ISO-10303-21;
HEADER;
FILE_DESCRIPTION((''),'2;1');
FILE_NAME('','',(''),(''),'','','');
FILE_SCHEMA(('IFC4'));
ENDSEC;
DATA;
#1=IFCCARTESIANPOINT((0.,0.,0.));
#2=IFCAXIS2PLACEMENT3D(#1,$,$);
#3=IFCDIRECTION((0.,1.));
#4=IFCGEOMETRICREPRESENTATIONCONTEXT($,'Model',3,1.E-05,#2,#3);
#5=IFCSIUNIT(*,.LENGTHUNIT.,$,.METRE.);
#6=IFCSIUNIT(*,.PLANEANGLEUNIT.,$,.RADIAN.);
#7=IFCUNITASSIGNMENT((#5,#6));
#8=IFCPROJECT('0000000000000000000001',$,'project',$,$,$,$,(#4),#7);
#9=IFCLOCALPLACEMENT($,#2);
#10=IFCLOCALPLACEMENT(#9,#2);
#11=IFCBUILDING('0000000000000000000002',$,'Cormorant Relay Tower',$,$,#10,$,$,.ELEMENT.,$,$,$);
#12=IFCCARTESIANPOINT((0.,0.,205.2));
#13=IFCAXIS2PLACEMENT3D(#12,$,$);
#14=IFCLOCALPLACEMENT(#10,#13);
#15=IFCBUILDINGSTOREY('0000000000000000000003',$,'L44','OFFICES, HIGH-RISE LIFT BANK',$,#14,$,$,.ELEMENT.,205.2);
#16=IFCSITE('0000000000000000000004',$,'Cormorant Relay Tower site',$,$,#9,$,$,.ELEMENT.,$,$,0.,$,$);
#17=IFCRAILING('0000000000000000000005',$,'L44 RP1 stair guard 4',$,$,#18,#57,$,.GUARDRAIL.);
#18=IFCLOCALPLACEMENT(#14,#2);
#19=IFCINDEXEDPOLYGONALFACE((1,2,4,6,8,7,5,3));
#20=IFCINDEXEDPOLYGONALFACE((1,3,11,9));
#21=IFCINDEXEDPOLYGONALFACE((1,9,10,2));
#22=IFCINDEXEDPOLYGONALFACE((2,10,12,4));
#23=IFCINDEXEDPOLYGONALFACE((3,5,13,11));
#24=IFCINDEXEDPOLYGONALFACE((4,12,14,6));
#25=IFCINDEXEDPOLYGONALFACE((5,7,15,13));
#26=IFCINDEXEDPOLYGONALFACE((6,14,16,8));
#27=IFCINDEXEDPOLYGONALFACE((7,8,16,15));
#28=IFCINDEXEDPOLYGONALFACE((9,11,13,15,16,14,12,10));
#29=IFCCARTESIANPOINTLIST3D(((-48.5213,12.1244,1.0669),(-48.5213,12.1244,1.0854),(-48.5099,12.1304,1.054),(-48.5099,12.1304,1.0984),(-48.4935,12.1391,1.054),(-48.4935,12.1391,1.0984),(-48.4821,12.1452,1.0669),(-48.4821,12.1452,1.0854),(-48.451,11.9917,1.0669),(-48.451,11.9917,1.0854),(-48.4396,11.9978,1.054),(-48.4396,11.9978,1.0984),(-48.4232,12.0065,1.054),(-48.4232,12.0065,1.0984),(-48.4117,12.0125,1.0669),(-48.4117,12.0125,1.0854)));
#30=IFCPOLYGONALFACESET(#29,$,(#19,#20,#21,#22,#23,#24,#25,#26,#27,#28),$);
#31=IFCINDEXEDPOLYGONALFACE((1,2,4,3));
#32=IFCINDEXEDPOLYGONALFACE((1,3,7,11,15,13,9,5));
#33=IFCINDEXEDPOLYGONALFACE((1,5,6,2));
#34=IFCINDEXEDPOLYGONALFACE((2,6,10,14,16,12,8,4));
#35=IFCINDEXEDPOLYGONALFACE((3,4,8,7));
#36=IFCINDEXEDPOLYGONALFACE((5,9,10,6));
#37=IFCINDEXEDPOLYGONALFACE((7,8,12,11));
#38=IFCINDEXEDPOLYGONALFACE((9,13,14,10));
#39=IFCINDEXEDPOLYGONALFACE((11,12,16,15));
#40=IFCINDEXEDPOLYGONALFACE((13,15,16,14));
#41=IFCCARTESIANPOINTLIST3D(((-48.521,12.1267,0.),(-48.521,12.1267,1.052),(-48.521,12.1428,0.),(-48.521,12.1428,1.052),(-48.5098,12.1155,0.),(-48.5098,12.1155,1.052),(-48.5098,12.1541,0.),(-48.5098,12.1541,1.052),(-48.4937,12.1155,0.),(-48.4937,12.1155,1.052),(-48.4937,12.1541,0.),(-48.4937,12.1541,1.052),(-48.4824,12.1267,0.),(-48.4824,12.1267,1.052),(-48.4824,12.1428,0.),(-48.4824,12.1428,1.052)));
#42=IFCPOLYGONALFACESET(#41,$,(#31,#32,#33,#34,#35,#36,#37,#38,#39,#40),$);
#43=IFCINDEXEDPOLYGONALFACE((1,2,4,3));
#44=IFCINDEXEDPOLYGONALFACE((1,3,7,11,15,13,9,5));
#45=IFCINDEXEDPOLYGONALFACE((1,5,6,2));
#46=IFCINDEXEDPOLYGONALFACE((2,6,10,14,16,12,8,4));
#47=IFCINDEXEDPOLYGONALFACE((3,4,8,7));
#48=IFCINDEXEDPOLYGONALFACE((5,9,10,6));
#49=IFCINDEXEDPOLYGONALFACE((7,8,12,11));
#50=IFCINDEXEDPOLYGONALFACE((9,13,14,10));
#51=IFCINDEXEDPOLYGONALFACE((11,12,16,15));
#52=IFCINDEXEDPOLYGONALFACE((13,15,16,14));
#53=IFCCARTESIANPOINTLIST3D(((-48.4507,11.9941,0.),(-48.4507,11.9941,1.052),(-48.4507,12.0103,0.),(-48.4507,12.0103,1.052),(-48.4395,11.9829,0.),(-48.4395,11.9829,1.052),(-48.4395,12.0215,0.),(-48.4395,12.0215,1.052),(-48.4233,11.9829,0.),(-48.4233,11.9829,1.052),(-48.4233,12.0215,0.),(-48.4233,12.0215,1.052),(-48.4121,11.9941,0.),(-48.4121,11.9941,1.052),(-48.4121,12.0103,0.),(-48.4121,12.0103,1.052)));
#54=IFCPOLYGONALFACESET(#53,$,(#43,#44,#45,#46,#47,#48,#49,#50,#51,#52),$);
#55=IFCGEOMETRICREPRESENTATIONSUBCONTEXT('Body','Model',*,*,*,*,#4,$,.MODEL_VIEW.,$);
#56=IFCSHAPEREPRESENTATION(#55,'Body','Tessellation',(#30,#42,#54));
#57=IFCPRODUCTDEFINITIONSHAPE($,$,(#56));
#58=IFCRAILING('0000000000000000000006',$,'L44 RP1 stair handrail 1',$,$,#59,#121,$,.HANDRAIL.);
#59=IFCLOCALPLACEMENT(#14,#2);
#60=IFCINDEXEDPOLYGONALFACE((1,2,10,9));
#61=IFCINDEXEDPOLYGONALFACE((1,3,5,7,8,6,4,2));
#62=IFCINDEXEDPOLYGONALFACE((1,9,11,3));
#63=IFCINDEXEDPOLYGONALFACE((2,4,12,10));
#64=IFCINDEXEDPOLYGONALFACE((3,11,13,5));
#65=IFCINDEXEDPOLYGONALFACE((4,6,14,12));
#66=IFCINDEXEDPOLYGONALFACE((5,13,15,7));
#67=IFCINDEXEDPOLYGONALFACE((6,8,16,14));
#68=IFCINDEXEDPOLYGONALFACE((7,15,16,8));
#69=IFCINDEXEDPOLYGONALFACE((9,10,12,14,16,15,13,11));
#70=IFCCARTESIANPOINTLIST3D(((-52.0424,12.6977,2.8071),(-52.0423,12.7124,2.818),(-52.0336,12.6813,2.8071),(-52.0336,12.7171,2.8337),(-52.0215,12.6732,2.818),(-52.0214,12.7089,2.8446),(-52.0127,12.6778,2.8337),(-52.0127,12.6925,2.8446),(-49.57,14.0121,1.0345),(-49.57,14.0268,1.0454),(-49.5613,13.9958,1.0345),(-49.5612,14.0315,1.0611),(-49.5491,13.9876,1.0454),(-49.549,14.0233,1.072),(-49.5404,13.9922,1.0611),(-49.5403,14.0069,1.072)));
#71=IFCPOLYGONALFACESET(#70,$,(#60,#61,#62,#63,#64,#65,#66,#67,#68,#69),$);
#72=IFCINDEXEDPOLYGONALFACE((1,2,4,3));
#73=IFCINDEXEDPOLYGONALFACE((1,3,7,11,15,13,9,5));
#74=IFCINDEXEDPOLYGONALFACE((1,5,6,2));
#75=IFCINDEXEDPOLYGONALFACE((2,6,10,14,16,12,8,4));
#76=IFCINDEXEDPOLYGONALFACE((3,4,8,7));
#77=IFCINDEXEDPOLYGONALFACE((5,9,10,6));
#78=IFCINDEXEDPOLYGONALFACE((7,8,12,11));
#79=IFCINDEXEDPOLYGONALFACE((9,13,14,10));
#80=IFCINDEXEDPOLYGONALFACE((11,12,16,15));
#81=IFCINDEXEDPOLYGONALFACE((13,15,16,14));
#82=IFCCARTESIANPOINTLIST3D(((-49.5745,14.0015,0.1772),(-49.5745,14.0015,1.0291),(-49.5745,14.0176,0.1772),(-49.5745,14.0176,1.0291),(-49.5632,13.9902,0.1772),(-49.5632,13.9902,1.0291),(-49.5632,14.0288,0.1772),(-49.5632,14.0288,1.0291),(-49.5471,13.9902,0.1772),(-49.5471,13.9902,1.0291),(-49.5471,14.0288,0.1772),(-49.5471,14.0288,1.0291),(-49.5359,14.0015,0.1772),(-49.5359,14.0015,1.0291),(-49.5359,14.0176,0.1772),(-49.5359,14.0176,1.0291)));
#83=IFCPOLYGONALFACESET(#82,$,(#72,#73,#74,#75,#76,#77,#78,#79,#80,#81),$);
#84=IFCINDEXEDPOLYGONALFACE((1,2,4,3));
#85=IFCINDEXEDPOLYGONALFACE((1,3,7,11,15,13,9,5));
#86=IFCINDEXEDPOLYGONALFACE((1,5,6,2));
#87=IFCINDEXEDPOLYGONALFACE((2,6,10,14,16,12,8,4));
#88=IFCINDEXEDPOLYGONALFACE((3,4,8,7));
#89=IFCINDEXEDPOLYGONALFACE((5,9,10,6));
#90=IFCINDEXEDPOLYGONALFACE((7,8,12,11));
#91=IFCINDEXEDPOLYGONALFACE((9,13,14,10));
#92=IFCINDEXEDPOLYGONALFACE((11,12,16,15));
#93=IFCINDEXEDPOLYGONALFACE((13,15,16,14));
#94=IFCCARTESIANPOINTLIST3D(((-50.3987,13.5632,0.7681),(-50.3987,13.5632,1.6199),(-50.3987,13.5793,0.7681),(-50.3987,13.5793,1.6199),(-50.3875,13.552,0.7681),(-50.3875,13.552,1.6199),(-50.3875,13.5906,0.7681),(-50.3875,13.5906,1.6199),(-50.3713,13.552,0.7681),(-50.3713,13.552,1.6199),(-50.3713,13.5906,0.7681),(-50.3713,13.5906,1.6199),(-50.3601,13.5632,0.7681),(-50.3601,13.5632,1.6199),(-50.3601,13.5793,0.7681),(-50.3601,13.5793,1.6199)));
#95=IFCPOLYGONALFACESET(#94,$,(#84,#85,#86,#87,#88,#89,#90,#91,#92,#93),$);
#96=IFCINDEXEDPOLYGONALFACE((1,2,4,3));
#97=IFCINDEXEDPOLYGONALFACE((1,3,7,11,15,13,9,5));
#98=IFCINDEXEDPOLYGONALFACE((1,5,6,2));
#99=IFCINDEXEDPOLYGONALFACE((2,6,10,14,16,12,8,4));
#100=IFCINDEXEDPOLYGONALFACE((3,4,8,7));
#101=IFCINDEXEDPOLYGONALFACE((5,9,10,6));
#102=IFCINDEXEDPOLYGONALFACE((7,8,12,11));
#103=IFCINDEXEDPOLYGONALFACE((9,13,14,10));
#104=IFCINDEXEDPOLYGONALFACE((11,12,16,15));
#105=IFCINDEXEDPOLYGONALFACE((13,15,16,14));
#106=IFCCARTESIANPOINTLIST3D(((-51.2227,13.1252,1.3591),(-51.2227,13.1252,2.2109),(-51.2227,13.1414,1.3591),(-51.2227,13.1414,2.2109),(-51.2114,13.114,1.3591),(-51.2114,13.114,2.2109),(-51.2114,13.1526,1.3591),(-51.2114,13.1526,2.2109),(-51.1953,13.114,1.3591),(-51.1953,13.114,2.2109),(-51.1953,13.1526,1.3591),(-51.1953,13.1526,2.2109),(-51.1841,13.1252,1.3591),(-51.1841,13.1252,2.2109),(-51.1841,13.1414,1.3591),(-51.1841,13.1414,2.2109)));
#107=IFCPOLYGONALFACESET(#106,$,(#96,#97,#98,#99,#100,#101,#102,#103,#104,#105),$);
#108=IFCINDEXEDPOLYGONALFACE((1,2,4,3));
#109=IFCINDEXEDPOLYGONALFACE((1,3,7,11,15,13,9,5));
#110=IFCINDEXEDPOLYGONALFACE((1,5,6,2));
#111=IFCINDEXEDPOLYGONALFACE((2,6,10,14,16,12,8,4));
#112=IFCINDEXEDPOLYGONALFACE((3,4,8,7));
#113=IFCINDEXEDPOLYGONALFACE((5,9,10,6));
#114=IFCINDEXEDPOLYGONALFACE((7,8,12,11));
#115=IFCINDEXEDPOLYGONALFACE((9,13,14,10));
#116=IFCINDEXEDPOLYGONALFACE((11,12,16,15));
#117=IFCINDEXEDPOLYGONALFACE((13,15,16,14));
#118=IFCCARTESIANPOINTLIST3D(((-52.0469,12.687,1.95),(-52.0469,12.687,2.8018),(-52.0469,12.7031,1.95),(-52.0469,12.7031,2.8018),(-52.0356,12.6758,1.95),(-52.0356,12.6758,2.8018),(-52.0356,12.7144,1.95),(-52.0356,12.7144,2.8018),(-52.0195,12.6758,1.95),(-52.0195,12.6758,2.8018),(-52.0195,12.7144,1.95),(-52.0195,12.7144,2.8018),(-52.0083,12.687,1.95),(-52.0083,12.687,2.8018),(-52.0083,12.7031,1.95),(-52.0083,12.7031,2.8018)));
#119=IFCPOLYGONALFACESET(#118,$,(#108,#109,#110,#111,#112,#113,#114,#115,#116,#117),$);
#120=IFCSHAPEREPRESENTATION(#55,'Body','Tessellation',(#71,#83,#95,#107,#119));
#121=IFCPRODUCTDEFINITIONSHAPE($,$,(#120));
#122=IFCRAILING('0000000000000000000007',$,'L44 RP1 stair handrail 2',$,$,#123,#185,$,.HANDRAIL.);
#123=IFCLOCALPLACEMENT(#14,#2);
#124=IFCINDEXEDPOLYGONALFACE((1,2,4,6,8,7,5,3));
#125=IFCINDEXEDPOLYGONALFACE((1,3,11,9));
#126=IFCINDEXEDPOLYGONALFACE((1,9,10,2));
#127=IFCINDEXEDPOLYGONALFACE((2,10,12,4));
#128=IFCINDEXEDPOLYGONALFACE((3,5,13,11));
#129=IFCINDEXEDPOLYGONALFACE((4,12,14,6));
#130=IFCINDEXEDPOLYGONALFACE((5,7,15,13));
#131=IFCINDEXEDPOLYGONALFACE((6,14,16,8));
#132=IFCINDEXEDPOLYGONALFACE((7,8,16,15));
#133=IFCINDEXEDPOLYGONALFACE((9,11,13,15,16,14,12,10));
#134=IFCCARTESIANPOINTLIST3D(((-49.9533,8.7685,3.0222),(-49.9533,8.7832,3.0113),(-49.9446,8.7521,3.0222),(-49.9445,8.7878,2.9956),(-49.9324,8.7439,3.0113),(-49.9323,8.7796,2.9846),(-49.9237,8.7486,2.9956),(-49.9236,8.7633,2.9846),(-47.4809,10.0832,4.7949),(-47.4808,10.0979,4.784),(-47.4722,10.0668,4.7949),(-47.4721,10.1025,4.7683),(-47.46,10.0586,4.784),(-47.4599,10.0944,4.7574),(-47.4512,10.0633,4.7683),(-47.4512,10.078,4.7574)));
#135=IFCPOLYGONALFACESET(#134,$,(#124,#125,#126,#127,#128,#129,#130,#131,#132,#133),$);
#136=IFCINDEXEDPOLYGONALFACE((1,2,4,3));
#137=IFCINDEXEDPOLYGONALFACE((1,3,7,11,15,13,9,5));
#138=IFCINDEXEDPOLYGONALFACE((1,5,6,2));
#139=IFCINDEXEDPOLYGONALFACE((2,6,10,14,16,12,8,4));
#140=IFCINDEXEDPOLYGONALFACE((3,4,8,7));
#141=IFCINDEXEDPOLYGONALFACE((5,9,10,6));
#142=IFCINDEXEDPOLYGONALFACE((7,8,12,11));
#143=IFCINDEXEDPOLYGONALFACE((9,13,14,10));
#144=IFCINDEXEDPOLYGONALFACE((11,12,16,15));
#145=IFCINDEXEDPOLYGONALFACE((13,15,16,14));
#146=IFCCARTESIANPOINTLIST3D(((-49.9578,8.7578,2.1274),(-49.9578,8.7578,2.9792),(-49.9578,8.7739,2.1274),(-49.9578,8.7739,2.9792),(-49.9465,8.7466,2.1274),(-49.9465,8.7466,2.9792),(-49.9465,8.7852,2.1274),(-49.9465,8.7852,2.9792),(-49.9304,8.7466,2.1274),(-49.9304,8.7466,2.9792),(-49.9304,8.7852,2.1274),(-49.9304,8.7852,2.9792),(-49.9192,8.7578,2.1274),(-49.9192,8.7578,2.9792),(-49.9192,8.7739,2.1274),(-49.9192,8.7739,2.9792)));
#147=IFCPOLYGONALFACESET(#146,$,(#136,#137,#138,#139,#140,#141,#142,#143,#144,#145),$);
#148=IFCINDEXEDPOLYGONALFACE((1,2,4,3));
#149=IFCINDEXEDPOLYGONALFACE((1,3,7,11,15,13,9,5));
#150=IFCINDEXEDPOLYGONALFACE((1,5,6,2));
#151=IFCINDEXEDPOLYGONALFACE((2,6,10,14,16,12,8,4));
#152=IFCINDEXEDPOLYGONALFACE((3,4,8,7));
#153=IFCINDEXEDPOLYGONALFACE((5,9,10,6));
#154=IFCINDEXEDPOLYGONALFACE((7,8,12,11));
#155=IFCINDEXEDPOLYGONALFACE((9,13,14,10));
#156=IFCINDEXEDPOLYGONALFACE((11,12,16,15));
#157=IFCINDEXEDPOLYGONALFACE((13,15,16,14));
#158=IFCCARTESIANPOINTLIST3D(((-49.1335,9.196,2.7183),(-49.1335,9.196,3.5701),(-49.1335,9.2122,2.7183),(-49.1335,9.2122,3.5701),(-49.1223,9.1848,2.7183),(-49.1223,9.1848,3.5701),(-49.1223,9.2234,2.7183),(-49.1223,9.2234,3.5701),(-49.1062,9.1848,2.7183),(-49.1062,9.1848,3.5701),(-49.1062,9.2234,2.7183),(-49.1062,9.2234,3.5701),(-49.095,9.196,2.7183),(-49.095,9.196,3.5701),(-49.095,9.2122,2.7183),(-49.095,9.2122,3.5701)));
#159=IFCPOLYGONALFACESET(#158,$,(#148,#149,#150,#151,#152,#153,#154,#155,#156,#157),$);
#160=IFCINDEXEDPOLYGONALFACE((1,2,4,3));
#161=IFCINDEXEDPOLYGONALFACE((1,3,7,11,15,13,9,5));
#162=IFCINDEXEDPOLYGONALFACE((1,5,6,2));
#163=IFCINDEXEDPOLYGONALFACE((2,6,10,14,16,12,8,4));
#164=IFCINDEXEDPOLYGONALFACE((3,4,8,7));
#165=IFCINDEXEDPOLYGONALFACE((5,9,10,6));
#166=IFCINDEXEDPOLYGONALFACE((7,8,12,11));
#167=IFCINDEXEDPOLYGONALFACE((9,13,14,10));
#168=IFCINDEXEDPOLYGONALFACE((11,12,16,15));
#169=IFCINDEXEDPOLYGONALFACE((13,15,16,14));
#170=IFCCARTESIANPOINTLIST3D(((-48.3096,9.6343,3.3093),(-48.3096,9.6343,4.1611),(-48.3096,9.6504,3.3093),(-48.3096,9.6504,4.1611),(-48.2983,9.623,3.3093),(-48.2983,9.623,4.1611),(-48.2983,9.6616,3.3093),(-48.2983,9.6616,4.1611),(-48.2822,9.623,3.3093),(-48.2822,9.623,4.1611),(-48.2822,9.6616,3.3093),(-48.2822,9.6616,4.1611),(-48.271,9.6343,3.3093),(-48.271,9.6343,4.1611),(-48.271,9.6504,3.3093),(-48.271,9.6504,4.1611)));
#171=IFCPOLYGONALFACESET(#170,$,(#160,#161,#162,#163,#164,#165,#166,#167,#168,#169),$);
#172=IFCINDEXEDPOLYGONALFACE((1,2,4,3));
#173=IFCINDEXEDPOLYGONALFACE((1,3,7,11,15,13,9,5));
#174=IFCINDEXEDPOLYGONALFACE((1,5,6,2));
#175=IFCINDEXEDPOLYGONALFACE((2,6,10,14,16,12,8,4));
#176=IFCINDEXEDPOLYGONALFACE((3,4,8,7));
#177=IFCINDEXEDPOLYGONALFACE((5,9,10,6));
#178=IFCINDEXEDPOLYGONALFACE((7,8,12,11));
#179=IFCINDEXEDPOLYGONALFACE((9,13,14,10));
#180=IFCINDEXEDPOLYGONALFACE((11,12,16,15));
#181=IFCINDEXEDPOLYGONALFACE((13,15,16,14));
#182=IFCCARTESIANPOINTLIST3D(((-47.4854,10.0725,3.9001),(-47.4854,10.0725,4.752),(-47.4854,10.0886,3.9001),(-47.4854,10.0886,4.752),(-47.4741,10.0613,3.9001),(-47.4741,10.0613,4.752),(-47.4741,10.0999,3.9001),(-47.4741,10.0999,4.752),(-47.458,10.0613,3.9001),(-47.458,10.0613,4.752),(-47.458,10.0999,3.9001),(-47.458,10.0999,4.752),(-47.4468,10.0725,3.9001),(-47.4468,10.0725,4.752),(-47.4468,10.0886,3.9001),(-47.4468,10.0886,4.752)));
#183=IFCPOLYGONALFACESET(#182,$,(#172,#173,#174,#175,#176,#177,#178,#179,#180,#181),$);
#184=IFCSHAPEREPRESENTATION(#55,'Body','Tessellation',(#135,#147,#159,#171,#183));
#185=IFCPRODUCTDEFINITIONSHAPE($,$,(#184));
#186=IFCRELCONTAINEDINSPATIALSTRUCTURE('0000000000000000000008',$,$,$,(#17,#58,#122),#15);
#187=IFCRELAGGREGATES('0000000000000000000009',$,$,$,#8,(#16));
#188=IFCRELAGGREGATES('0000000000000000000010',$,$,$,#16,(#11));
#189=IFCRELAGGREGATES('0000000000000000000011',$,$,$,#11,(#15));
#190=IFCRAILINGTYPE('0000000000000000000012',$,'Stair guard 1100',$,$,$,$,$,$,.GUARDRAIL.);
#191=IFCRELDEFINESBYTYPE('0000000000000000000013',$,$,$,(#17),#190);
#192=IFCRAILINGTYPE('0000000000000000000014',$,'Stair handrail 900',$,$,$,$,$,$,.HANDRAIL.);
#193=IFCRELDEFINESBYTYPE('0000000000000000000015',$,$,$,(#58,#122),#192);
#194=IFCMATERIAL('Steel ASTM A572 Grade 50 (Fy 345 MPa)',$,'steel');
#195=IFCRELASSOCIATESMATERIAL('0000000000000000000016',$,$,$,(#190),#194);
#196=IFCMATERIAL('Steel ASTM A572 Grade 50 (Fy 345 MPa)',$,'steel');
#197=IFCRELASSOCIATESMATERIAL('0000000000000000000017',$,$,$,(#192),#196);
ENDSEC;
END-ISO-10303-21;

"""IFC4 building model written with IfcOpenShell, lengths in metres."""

from ifc_helpers import new_model, si_unit, direction, frame, origin, place, context, subcontext, project, spatial, polyline, outline, extrude, material, type_object, element, save


model = new_model("IFC4")

# Units and contexts
model_context = context("Model", 3, precision=1e-05, world=origin(), true_north=direction((0.0, 1.0)))
body_context = subcontext(model_context, "Body", "Model", "MODEL_VIEW")
ifc_project = project(units=[si_unit("LENGTHUNIT", "METRE"), si_unit("PLANEANGLEUNIT", "RADIAN")], contexts=[model_context])

# Site, building, storey
site_placement = place(None, origin())
site = spatial("IfcSite", under=ifc_project, at=site_placement, Name="Cormorant Relay Tower site", CompositionType="ELEMENT", RefElevation=0.0)
building_placement = place(site_placement, origin())
building = spatial("IfcBuilding", under=site, at=building_placement, Name="Cormorant Relay Tower", CompositionType="ELEMENT")
storey_placement = place(building_placement, frame((0.0, 0.0, 205.2)))
storey = spatial("IfcBuildingStorey", under=building, at=storey_placement, Name="L44", Description="OFFICES, HIGH-RISE LIFT BANK", CompositionType="ELEMENT", Elevation=205.2)

# Railings
ifc_material_1 = material(Name="Steel ASTM A572 Grade 50 (Fy 345 MPa)", Category="steel")
railing_type_1 = type_object("IfcRailingType", Name="Stair guard 1100", PredefinedType="GUARDRAIL", material=ifc_material_1)
railing_1_placement = place(storey_placement, frame((-48.5017, 12.1348, 0.0)))
element("IfcRailing", 1, at=railing_1_placement, inside=storey, type_object=railing_type_1, Name="L44 RP1 stair guard 4", PredefinedType="GUARDRAIL", context=body_context, shape_type="SweptSolid", body=[
    extrude(outline(polyline([(0.0222, 0.0093), (0.0093, 0.0222), (-0.0093, 0.0222), (-0.0222, 0.0093), (-0.0222, -0.0093), (-0.0093, -0.0222), (0.0093, -0.0222), (0.0222, -0.0093), (0.0222, 0.0093)])), frame((0.0, 0.0, 1.0762), z_axis=(0.46856, -0.883431, 0.0), x_axis=(0.883431, 0.46856, 0.0)), (0.0, 0.0, 1.0), 0.1501),
    extrude(outline(polyline([(0.0193, 0.0081), (0.0081, 0.0193), (-0.0081, 0.0193), (-0.0193, 0.0081), (-0.0193, -0.0081), (-0.0081, -0.0193), (0.0081, -0.0193), (0.0193, -0.0081), (0.0193, 0.0081)])), origin(), (0.0, 0.0, 1.0), 1.052),
    extrude(outline(polyline([(0.0193, 0.0081), (0.0081, 0.0193), (-0.0081, 0.0193), (-0.0193, 0.0081), (-0.0193, -0.0081), (-0.0081, -0.0193), (0.0081, -0.0193), (0.0193, -0.0081), (0.0193, 0.0081)])), frame((0.0703, -0.1326, 0.0)), (0.0, 0.0, 1.0), 1.052),
])
ifc_material_2 = material(Name="Steel ASTM A572 Grade 50 (Fy 345 MPa)", Category="steel")
railing_type_2 = type_object("IfcRailingType", Name="Stair handrail 900", PredefinedType="HANDRAIL", material=ifc_material_2)
railing_2_placement = place(storey_placement, frame((-49.5552, 14.0095, 0.1772)))
element("IfcRailing", 2, at=railing_2_placement, inside=storey, type_object=railing_type_2, Name="L44 RP1 stair handrail 1", PredefinedType="HANDRAIL", context=body_context, shape_type="SweptSolid", body=[
    extrude(outline(polyline([(0.0222, 0.0093), (0.0093, 0.0222), (-0.0093, 0.0222), (-0.0222, 0.0093), (-0.0222, -0.0093), (-0.0093, -0.0222), (0.0093, -0.0222), (0.0222, -0.0093), (0.0222, 0.0093)])), frame((0.0, 0.0, 0.876), z_axis=(-0.746034, -0.396627, 0.534902), x_axis=(0.469429, -0.88297, 0.0)), (0.0, 0.0, 1.0), 3.314),
    extrude(outline(polyline([(0.0193, 0.0081), (0.0081, 0.0193), (-0.0081, 0.0193), (-0.0193, 0.0081), (-0.0193, -0.0081), (-0.0081, -0.0193), (0.0081, -0.0193), (0.0193, -0.0081), (0.0193, 0.0081)])), origin(), (0.0, 0.0, 1.0), 0.8518),
    extrude(outline(polyline([(0.0193, 0.0081), (0.0081, 0.0193), (-0.0081, 0.0193), (-0.0193, 0.0081), (-0.0193, -0.0081), (-0.0081, -0.0193), (0.0081, -0.0193), (0.0193, -0.0081), (0.0193, 0.0081)])), frame((-0.8242, -0.4382, 0.5908)), (0.0, 0.0, 1.0), 0.8518),
    extrude(outline(polyline([(0.0193, 0.0081), (0.0081, 0.0193), (-0.0081, 0.0193), (-0.0193, 0.0081), (-0.0193, -0.0081), (-0.0081, -0.0193), (0.0081, -0.0193), (0.0193, -0.0081), (0.0193, 0.0081)])), frame((-1.6482, -0.8762, 1.1819)), (0.0, 0.0, 1.0), 0.8518),
    extrude(outline(polyline([(0.0193, 0.0081), (0.0081, 0.0193), (-0.0081, 0.0193), (-0.0193, 0.0081), (-0.0193, -0.0081), (-0.0081, -0.0193), (0.0081, -0.0193), (0.0193, -0.0081), (0.0193, 0.0081)])), frame((-2.4724, -1.3145, 1.7727)), (0.0, 0.0, 1.0), 0.8518),
])
railing_3_placement = place(storey_placement, frame((-49.9385, 8.7659, 2.1274)))
element("IfcRailing", 3, at=railing_3_placement, inside=storey, type_object=railing_type_2, Name="L44 RP1 stair handrail 2", PredefinedType="HANDRAIL", context=body_context, shape_type="SweptSolid", body=[
    extrude(outline(polyline([(0.0222, 0.0093), (0.0093, 0.0222), (-0.0093, 0.0222), (-0.0222, 0.0093), (-0.0222, -0.0093), (-0.0093, -0.0222), (0.0093, -0.0222), (0.0222, -0.0093), (0.0222, 0.0093)])), frame((0.0, 0.0, 0.876), z_axis=(0.746012, 0.39669, 0.534886), x_axis=(-0.469497, 0.882934, 0.0)), (0.0, 0.0, 1.0), 3.3142),
    extrude(outline(polyline([(0.0193, 0.0081), (0.0081, 0.0193), (-0.0081, 0.0193), (-0.0193, 0.0081), (-0.0193, -0.0081), (-0.0081, -0.0193), (0.0081, -0.0193), (0.0193, -0.0081), (0.0193, 0.0081)])), origin(), (0.0, 0.0, 1.0), 0.8518),
    extrude(outline(polyline([(0.0193, 0.0081), (0.0081, 0.0193), (-0.0081, 0.0193), (-0.0193, 0.0081), (-0.0193, -0.0081), (-0.0081, -0.0193), (0.0081, -0.0193), (0.0193, -0.0081), (0.0193, 0.0081)])), frame((0.8242, 0.4382, 0.5908)), (0.0, 0.0, 1.0), 0.8518),
    extrude(outline(polyline([(0.0193, 0.0081), (0.0081, 0.0193), (-0.0081, 0.0193), (-0.0193, 0.0081), (-0.0193, -0.0081), (-0.0081, -0.0193), (0.0081, -0.0193), (0.0193, -0.0081), (0.0193, 0.0081)])), frame((1.6482, 0.8765, 1.1819)), (0.0, 0.0, 1.0), 0.8518),
    extrude(outline(polyline([(0.0193, 0.0081), (0.0081, 0.0193), (-0.0081, 0.0193), (-0.0193, 0.0081), (-0.0193, -0.0081), (-0.0081, -0.0193), (0.0081, -0.0193), (0.0193, -0.0081), (0.0193, 0.0081)])), frame((2.4724, 1.3147, 1.7727)), (0.0, 0.0, 1.0), 0.8518),
])

save(model, "model.ifc")
